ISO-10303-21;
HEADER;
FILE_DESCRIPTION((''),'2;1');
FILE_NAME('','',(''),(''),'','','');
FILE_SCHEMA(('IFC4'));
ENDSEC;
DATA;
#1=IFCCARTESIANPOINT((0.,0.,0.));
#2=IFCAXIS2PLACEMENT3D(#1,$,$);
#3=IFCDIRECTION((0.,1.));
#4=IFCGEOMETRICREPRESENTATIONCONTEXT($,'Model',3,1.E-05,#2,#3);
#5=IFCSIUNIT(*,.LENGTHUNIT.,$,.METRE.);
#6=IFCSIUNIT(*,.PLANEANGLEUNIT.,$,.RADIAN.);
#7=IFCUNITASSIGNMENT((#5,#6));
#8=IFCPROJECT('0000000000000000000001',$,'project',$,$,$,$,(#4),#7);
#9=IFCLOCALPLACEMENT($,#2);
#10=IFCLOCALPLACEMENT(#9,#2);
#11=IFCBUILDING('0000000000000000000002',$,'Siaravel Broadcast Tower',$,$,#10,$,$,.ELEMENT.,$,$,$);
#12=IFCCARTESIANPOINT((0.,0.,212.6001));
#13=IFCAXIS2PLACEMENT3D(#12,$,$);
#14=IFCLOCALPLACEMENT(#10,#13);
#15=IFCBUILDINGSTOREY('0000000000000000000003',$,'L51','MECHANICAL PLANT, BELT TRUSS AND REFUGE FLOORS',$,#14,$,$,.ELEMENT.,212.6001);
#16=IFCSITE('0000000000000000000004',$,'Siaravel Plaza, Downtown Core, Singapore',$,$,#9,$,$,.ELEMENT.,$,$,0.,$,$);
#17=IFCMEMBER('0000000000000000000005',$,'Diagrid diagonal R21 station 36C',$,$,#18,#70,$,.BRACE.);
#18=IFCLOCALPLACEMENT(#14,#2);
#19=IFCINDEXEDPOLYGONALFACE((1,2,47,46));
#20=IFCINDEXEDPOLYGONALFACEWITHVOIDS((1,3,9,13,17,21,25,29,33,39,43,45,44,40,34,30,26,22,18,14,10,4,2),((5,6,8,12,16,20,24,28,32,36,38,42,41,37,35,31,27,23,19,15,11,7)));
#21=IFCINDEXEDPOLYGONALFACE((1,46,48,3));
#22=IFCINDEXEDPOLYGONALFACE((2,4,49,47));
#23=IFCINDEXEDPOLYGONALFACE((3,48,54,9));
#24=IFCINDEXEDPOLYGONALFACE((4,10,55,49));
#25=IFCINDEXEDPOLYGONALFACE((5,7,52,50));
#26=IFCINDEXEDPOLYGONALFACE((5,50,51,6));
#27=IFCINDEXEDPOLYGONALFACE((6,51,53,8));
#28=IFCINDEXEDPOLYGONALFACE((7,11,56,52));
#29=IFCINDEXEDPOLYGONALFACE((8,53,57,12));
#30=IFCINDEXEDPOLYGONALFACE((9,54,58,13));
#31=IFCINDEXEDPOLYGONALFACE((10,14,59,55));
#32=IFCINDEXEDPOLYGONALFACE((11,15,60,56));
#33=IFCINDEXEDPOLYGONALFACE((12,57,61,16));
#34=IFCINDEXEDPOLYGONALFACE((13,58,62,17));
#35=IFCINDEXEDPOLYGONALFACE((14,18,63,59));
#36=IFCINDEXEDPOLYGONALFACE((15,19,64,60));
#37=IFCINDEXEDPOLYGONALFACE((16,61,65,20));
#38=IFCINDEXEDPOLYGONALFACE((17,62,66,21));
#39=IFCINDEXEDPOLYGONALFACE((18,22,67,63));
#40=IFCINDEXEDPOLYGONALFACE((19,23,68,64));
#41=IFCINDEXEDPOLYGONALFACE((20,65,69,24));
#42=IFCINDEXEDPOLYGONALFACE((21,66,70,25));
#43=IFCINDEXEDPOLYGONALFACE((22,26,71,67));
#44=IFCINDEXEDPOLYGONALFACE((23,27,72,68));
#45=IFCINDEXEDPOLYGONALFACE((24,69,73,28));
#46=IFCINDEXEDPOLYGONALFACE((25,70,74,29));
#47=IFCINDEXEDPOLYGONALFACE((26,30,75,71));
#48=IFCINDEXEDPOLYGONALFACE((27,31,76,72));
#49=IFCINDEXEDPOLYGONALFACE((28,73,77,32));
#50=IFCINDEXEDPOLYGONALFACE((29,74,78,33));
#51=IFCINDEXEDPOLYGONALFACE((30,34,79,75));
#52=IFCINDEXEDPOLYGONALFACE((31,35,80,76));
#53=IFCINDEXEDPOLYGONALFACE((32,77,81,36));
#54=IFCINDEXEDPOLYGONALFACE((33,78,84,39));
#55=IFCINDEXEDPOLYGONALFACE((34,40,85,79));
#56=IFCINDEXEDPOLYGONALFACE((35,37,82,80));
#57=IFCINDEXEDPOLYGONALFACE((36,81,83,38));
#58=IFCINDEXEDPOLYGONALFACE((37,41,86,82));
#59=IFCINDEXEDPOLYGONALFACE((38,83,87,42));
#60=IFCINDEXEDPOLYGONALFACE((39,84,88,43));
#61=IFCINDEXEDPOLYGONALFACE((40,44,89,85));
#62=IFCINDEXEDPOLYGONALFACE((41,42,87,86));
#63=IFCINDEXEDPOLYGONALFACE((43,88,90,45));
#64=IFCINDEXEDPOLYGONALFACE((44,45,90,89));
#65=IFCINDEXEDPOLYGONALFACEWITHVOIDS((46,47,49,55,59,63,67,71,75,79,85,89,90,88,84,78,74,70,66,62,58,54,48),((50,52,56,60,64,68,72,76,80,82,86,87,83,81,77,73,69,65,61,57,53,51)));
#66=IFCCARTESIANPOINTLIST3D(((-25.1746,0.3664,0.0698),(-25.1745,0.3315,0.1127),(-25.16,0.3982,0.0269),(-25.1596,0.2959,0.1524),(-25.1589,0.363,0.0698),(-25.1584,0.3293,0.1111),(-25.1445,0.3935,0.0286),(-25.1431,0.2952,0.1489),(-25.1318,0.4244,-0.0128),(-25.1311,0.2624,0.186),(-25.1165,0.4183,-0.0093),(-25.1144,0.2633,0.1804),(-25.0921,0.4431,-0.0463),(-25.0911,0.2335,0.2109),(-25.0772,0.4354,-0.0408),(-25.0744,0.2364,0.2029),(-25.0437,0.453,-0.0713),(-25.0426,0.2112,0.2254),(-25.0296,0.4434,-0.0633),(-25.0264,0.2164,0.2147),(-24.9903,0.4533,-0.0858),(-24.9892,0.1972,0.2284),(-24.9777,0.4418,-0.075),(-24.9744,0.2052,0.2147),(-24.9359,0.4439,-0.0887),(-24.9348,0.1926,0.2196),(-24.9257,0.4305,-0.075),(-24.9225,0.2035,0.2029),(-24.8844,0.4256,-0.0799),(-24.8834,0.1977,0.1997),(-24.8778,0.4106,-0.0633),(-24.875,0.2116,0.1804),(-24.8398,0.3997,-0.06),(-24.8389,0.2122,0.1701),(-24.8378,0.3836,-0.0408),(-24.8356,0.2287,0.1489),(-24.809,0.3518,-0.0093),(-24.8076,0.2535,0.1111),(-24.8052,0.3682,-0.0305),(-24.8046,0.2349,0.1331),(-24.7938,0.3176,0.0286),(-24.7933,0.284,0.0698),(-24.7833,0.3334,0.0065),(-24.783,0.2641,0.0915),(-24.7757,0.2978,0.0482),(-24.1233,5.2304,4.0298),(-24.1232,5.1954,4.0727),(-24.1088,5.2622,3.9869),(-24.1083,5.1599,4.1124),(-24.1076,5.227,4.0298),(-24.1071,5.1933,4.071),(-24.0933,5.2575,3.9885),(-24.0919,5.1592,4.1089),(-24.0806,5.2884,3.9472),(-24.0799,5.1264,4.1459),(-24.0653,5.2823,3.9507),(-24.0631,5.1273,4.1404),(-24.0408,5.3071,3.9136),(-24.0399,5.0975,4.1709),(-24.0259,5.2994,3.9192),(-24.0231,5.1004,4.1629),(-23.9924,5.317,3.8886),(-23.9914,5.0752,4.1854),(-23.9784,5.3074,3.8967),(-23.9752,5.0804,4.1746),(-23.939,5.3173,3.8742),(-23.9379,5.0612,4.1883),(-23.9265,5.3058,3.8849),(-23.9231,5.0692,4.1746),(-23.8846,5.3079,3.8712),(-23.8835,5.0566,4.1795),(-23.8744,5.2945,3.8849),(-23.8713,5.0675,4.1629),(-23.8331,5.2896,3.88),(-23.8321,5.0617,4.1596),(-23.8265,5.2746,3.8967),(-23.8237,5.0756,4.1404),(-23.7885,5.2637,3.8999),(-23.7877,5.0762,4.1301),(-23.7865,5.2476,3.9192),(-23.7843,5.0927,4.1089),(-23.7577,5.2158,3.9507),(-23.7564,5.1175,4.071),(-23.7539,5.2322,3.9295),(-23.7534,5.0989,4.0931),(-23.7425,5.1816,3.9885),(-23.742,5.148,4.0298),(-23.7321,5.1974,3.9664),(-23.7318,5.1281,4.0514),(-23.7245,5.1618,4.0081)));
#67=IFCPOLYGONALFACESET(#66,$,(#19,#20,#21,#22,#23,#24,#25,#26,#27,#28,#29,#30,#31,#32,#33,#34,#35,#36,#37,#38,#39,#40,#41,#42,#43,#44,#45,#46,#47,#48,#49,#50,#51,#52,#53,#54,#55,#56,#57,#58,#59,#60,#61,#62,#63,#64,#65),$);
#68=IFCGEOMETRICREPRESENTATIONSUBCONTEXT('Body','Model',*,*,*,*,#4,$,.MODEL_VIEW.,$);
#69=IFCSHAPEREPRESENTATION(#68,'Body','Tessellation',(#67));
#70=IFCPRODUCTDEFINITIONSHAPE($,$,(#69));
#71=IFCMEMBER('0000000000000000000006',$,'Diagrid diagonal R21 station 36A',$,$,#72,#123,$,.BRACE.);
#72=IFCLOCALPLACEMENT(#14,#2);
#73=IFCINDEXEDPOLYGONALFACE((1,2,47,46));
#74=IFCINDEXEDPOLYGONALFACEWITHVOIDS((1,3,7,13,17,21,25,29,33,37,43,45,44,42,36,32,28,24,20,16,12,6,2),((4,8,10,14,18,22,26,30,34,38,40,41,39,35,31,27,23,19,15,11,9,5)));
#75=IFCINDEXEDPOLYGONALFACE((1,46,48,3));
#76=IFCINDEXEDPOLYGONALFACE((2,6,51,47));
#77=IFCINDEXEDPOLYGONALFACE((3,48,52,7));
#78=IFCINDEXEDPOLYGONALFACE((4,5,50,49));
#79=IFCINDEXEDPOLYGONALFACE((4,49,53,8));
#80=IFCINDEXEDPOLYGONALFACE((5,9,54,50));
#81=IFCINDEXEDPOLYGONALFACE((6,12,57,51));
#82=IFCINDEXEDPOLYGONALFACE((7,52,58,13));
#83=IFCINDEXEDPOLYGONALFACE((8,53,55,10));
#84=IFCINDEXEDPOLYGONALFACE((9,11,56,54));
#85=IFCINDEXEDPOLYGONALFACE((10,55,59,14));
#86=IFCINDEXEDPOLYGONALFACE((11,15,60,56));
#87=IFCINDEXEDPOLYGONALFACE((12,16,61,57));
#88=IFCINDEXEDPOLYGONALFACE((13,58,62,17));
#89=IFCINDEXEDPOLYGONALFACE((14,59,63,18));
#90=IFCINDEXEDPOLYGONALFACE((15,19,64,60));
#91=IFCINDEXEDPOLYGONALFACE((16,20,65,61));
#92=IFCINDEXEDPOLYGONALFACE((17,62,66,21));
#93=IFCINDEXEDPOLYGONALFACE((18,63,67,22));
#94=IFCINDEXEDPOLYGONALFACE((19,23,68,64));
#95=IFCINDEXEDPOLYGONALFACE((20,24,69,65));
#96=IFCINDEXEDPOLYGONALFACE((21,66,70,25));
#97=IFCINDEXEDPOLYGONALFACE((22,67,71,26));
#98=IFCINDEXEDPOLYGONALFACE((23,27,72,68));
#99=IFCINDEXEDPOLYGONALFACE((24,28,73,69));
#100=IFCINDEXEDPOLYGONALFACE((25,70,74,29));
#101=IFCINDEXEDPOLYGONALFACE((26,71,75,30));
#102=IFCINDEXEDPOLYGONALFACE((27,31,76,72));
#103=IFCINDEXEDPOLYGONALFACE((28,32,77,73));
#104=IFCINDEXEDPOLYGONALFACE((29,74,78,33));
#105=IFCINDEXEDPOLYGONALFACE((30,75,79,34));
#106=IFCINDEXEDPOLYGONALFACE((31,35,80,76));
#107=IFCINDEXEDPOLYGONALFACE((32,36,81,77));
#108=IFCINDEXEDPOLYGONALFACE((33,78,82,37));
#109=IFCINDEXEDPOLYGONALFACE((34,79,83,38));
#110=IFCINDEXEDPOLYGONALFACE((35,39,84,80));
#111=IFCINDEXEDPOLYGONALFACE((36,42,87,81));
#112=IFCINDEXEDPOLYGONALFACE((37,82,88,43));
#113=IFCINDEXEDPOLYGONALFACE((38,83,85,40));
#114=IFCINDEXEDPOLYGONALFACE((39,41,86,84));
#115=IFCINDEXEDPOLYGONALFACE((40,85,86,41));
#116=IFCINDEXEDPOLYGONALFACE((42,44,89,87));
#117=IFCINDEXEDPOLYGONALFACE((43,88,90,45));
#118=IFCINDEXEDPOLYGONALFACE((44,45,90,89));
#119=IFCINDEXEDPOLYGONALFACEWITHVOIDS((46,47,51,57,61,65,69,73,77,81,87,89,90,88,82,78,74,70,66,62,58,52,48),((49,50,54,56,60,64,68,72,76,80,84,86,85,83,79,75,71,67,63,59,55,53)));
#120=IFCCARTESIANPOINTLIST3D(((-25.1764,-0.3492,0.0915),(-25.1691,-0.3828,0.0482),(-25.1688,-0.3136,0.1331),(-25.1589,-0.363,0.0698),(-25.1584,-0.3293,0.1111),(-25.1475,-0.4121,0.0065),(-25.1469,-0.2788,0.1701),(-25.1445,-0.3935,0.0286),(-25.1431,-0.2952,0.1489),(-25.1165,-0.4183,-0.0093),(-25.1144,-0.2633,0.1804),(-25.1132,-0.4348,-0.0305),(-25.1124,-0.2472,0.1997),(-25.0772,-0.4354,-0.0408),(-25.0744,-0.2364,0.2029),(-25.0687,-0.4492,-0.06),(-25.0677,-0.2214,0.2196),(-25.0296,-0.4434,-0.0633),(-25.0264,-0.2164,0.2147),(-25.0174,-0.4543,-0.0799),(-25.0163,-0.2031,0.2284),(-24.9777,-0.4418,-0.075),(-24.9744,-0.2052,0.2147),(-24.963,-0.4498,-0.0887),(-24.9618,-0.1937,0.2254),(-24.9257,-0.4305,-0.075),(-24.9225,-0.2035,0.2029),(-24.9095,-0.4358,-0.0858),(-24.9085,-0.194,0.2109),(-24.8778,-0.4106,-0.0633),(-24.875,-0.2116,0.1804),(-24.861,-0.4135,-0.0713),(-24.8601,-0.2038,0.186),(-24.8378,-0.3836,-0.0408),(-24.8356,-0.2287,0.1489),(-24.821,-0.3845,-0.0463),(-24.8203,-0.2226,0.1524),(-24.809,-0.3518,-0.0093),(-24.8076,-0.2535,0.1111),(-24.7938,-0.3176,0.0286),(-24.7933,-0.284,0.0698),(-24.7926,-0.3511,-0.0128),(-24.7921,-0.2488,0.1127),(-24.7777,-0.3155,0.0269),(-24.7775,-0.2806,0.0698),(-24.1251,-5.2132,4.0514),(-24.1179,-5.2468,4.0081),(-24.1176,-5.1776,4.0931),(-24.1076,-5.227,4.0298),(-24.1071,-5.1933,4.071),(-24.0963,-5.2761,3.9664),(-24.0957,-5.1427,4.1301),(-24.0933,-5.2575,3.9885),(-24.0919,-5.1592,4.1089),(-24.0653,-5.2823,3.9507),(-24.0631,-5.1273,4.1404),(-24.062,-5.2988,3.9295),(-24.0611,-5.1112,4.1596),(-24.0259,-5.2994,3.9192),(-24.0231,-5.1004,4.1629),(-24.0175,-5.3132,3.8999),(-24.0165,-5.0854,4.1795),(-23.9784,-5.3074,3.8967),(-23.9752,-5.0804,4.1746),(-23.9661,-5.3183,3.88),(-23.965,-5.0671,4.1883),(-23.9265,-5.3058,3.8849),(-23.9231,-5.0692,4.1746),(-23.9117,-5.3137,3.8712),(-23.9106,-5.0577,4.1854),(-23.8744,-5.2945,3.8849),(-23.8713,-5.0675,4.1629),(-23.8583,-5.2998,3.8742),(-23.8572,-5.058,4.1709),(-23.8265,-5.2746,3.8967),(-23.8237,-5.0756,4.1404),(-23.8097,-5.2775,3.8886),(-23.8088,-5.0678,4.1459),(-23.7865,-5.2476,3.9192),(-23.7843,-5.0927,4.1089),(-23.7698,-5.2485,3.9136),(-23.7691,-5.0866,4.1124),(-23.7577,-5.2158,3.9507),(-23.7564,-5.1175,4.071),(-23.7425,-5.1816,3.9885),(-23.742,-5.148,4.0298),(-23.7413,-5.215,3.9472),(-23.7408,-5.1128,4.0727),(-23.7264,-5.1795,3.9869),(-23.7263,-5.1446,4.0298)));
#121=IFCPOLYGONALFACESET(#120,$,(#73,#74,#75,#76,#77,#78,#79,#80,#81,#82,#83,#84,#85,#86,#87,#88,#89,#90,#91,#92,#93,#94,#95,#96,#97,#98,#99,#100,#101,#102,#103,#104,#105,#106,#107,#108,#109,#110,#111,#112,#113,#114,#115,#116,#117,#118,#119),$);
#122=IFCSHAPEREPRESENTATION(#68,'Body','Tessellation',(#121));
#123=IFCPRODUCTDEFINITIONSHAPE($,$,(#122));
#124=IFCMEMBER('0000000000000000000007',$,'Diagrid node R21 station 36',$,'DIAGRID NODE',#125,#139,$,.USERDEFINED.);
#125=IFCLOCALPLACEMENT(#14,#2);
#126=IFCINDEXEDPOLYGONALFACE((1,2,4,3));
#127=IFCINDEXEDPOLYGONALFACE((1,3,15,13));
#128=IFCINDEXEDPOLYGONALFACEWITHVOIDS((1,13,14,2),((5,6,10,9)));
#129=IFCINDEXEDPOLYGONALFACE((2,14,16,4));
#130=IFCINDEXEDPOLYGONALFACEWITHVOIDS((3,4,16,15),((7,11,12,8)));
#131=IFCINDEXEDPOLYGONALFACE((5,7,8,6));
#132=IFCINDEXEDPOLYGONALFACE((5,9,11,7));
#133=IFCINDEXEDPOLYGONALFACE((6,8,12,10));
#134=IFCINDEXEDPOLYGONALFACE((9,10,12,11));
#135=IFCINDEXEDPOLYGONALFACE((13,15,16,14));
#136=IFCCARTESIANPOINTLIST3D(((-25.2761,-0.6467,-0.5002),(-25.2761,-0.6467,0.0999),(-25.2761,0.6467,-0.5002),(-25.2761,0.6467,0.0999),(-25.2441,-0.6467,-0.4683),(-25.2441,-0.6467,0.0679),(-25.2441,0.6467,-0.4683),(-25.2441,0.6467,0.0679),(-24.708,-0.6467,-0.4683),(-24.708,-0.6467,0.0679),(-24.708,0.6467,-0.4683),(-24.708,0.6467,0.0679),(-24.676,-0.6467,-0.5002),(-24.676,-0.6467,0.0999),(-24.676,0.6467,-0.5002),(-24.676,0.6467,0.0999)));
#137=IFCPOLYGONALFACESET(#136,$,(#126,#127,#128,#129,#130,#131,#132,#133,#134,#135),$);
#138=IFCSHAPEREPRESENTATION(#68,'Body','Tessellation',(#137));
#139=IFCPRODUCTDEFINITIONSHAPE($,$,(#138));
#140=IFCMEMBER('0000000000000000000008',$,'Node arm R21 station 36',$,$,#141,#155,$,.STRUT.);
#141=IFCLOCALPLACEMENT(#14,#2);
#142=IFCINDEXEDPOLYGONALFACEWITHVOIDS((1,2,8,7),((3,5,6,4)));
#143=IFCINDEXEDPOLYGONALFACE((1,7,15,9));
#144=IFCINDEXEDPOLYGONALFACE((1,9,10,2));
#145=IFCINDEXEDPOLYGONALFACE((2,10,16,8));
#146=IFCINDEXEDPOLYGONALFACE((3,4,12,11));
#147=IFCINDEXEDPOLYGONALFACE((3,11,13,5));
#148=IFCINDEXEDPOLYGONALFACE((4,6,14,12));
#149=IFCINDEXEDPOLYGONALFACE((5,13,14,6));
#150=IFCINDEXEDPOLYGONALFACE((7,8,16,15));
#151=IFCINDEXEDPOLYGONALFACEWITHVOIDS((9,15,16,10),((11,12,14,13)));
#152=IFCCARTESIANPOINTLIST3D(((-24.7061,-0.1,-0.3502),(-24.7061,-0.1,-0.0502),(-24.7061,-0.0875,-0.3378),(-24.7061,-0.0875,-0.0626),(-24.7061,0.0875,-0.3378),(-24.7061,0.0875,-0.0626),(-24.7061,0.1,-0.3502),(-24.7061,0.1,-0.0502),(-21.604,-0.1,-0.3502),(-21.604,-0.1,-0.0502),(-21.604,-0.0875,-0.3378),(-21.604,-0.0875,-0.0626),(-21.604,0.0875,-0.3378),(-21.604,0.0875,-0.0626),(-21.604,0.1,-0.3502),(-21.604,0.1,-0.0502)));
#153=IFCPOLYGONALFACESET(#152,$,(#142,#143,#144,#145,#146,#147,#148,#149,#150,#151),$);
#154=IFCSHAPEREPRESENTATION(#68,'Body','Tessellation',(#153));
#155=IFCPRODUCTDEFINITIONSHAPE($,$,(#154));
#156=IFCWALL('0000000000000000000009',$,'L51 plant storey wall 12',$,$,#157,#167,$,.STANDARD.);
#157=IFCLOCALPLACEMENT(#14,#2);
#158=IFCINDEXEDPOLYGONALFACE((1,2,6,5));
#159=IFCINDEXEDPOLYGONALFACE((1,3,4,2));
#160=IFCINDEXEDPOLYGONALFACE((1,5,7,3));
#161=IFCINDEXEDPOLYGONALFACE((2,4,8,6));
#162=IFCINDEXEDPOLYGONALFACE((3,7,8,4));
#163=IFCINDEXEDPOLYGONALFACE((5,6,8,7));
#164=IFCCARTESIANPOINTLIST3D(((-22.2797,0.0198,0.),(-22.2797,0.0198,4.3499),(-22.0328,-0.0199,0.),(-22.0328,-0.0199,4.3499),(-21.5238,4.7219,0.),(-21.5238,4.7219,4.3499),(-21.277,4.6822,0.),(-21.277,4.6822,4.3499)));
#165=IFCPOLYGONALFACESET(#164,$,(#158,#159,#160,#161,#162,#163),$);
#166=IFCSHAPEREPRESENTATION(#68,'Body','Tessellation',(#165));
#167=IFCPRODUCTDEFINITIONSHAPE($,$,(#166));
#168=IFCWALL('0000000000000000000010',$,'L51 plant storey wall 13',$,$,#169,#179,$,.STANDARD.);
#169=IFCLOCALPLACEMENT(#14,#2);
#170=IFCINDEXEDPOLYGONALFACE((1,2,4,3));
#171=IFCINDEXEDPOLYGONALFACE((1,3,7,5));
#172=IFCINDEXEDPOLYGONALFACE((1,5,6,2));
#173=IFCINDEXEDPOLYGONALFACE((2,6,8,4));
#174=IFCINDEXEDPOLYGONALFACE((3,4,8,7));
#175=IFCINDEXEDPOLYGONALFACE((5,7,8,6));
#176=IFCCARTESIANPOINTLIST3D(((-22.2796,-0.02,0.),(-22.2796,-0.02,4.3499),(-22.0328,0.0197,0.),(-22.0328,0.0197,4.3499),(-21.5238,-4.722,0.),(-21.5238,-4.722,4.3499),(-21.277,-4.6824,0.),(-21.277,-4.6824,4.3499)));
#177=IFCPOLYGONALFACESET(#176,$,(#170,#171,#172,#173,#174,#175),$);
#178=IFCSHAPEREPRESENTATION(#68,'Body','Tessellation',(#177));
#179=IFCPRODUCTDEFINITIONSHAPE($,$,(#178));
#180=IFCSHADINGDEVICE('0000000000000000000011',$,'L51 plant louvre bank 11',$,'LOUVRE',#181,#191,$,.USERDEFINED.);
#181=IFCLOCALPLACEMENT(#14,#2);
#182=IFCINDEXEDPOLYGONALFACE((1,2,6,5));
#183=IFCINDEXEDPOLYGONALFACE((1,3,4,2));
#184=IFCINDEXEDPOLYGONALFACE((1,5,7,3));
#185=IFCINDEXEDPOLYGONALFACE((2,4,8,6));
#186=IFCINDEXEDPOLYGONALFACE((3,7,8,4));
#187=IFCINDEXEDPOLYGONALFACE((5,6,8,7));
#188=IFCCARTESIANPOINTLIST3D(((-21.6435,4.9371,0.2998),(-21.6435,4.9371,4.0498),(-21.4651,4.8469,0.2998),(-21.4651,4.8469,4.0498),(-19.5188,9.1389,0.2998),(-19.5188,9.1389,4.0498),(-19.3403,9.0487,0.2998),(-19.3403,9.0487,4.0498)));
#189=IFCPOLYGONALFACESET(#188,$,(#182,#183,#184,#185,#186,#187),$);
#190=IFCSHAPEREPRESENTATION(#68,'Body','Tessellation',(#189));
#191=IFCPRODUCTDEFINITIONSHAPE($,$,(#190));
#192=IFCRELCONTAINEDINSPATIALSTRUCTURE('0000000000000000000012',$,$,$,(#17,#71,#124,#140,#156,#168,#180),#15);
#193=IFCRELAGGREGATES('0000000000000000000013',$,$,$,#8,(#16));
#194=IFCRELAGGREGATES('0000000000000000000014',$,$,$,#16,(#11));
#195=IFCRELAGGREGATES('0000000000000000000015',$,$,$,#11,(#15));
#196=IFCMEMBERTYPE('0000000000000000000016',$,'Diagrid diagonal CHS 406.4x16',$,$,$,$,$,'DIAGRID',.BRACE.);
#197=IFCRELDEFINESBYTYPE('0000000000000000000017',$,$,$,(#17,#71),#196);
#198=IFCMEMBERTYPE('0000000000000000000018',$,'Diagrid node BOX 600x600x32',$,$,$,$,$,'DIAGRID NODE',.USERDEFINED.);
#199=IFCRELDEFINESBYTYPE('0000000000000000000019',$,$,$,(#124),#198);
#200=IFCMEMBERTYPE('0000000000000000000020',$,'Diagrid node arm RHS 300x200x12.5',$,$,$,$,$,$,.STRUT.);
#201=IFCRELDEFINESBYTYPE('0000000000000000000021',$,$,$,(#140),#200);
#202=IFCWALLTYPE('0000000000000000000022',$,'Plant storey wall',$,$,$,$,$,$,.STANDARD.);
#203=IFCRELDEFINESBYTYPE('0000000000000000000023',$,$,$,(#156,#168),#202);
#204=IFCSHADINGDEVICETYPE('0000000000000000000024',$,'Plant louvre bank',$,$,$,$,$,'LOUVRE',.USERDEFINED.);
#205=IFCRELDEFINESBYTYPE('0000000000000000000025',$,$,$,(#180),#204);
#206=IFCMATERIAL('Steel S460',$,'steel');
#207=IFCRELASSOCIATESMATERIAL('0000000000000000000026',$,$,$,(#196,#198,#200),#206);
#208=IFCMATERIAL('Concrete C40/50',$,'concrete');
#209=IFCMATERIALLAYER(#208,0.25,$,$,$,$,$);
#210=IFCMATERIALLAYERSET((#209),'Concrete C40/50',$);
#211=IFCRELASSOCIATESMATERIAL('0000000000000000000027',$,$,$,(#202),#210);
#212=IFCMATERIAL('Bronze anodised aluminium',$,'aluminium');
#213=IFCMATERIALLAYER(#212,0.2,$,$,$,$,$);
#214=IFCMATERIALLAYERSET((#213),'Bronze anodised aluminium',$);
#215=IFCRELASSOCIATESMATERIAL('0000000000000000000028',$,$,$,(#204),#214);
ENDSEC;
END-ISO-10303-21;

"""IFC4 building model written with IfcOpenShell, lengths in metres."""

from ifc_helpers import new_model, si_unit, direction, frame, frame_2d, origin, origin_2d, place, context, subcontext, project, spatial, rectangle, hollow_rectangle, hollow_circle, extrude, material, layer, layer_set, material_profile, profile_set, type_object, element, save


model = new_model("IFC4")

# Units and contexts
model_context = context("Model", 3, precision=1e-05, world=origin(), true_north=direction((0.0, 1.0)))
body_context = subcontext(model_context, "Body", "Model", "MODEL_VIEW")
ifc_project = project(units=[si_unit("LENGTHUNIT", "METRE"), si_unit("PLANEANGLEUNIT", "RADIAN")], contexts=[model_context])

# Site, building, storey
site_placement = place(None, origin())
site = spatial("IfcSite", under=ifc_project, at=site_placement, Name="Siaravel Plaza, Downtown Core, Singapore", CompositionType="ELEMENT", RefElevation=0.0)
building_placement = place(site_placement, origin())
building = spatial("IfcBuilding", under=site, at=building_placement, Name="Siaravel Broadcast Tower", CompositionType="ELEMENT")
storey_placement = place(building_placement, frame((0.0, 0.0, 212.6001)))
storey = spatial("IfcBuildingStorey", under=building, at=storey_placement, Name="L51", Description="MECHANICAL PLANT, BELT TRUSS AND REFUGE FLOORS", CompositionType="ELEMENT", Elevation=212.6001)

# Shared definitions
ifc_material_1 = material(Name="Steel S460", Category="steel")

# Members
ifc_material_profile_1 = material_profile(ifc_material_1, hollow_circle(Radius=0.2031, WallThickness=0.0161, at=origin_2d()))
ifc_profile_set_1 = profile_set([ifc_material_profile_1], Name="Steel S460")
member_type_1 = type_object("IfcMemberType", Name="Diagrid diagonal CHS 406.4x16", ElementType="DIAGRID", PredefinedType="BRACE", material=ifc_profile_set_1)
for number, where, z_axis, x_axis, name in (
    (1, (-24.9761, 0.3235, 0.0698), (0.165303, 0.764825, 0.62267), (-0.977431, 0.211254, 0.0), "Diagrid diagonal R21 station 36C"),
    (2, (-24.9761, -0.3235, 0.0698), (0.165303, -0.764825, 0.62267), (0.977431, 0.211254, 0.0), "Diagrid diagonal R21 station 36A"),
):
    element("IfcMember", number, at=place(storey_placement, frame(where, z_axis=z_axis, x_axis=x_axis)), inside=storey, type_object=member_type_1, Name=name, PredefinedType="BRACE", context=body_context, shape_type="SweptSolid", body=[
        extrude(hollow_circle(Radius=0.2031, WallThickness=0.0161, at=origin_2d()), origin(), (0.0, 0.0, 1.0), 6.3596),
    ])
ifc_material_profile_2 = material_profile(ifc_material_1, hollow_rectangle(XDim=0.6001, YDim=0.6001, WallThickness=0.032, at=origin_2d()))
ifc_profile_set_2 = profile_set([ifc_material_profile_2], Name="Steel S460")
member_type_2 = type_object("IfcMemberType", Name="Diagrid node BOX 600x600x32", ElementType="DIAGRID NODE", PredefinedType="USERDEFINED", material=ifc_profile_set_2)
member_1_placement = place(storey_placement, frame((-24.9761, 0.6467, -0.2002), z_axis=(0.0, -1.0, 0.0), x_axis=(1.0, 0.0, 0.0)))
element("IfcMember", 3, at=member_1_placement, inside=storey, type_object=member_type_2, Name="Diagrid node R21 station 36", ObjectType="DIAGRID NODE", PredefinedType="USERDEFINED", context=body_context, shape_type="SweptSolid", body=[
    extrude(hollow_rectangle(XDim=0.6001, YDim=0.6001, WallThickness=0.032, at=origin_2d()), origin(), (0.0, 0.0, 1.0), 1.2935),
])
ifc_material_profile_3 = material_profile(ifc_material_1, hollow_rectangle(XDim=0.2, YDim=0.3, WallThickness=0.0125, at=origin_2d()))
ifc_profile_set_3 = profile_set([ifc_material_profile_3], Name="Steel S460")
member_type_3 = type_object("IfcMemberType", Name="Diagrid node arm RHS 300x200x12.5", PredefinedType="STRUT", material=ifc_profile_set_3)
member_2_placement = place(storey_placement, frame((-21.604, 0.0, -0.2002), z_axis=(-1.0, 0.0, 0.0), x_axis=(0.0, -1.0, 0.0)))
element("IfcMember", 4, at=member_2_placement, inside=storey, type_object=member_type_3, Name="Node arm R21 station 36", PredefinedType="STRUT", context=body_context, shape_type="SweptSolid", body=[
    extrude(hollow_rectangle(XDim=0.2, YDim=0.3, WallThickness=0.0125, at=origin_2d()), origin(), (0.0, 0.0, 1.0), 3.1021),
])

# Walls
ifc_material_2 = material(Name="Concrete C40/50", Category="concrete")
ifc_layer_1 = layer(ifc_material_2, 0.25)
ifc_layer_set_1 = layer_set([ifc_layer_1], Name="Concrete C40/50")
wall_type = type_object("IfcWallType", Name="Plant storey wall", PredefinedType="STANDARD", material=ifc_layer_set_1)
for number, where, z_axis, x_axis, name in (
    (5, (-21.4004, 4.7021, 0.0), (0.0, 0.0, 1.0), (-0.15871, -0.987325, 0.0), "L51 plant storey wall 12"),
    (6, (-22.1562, 0.0, 0.0), (0.0, 0.0, 1.0), (0.15871, -0.987325, 0.0), "L51 plant storey wall 13"),
):
    element("IfcWall", number, at=place(storey_placement, frame(where, z_axis=z_axis, x_axis=x_axis)), inside=storey, type_object=wall_type, Name=name, PredefinedType="STANDARD", context=body_context, shape_type="SweptSolid", body=[
        extrude(rectangle(XDim=4.7625, YDim=0.25, at=frame_2d((2.3813, 0.0))), origin(), (0.0, 0.0, 1.0), 4.3499),
    ])

# Shading device
ifc_material_3 = material(Name="Bronze anodised aluminium", Category="aluminium")
ifc_layer_2 = layer(ifc_material_3, 0.2)
ifc_layer_set_2 = layer_set([ifc_layer_2], Name="Bronze anodised aluminium")
shading_device_type = type_object("IfcShadingDeviceType", Name="Plant louvre bank", ElementType="LOUVRE", PredefinedType="USERDEFINED", material=ifc_layer_set_2)
shading_device_1_placement = place(storey_placement, frame((-20.4919, 6.9929, 0.2998), z_axis=(0.0, 0.0, 1.0), x_axis=(-0.451261, -0.892392, 0.0)))
element("IfcShadingDevice", 7, at=shading_device_1_placement, inside=storey, type_object=shading_device_type, Name="L51 plant louvre bank 11", ObjectType="LOUVRE", PredefinedType="USERDEFINED", context=body_context, shape_type="SweptSolid", body=[
    extrude(rectangle(XDim=4.7085, YDim=0.2, at=origin_2d()), origin(), (0.0, 0.0, 1.0), 3.75),
])

save(model, "model.ifc")
